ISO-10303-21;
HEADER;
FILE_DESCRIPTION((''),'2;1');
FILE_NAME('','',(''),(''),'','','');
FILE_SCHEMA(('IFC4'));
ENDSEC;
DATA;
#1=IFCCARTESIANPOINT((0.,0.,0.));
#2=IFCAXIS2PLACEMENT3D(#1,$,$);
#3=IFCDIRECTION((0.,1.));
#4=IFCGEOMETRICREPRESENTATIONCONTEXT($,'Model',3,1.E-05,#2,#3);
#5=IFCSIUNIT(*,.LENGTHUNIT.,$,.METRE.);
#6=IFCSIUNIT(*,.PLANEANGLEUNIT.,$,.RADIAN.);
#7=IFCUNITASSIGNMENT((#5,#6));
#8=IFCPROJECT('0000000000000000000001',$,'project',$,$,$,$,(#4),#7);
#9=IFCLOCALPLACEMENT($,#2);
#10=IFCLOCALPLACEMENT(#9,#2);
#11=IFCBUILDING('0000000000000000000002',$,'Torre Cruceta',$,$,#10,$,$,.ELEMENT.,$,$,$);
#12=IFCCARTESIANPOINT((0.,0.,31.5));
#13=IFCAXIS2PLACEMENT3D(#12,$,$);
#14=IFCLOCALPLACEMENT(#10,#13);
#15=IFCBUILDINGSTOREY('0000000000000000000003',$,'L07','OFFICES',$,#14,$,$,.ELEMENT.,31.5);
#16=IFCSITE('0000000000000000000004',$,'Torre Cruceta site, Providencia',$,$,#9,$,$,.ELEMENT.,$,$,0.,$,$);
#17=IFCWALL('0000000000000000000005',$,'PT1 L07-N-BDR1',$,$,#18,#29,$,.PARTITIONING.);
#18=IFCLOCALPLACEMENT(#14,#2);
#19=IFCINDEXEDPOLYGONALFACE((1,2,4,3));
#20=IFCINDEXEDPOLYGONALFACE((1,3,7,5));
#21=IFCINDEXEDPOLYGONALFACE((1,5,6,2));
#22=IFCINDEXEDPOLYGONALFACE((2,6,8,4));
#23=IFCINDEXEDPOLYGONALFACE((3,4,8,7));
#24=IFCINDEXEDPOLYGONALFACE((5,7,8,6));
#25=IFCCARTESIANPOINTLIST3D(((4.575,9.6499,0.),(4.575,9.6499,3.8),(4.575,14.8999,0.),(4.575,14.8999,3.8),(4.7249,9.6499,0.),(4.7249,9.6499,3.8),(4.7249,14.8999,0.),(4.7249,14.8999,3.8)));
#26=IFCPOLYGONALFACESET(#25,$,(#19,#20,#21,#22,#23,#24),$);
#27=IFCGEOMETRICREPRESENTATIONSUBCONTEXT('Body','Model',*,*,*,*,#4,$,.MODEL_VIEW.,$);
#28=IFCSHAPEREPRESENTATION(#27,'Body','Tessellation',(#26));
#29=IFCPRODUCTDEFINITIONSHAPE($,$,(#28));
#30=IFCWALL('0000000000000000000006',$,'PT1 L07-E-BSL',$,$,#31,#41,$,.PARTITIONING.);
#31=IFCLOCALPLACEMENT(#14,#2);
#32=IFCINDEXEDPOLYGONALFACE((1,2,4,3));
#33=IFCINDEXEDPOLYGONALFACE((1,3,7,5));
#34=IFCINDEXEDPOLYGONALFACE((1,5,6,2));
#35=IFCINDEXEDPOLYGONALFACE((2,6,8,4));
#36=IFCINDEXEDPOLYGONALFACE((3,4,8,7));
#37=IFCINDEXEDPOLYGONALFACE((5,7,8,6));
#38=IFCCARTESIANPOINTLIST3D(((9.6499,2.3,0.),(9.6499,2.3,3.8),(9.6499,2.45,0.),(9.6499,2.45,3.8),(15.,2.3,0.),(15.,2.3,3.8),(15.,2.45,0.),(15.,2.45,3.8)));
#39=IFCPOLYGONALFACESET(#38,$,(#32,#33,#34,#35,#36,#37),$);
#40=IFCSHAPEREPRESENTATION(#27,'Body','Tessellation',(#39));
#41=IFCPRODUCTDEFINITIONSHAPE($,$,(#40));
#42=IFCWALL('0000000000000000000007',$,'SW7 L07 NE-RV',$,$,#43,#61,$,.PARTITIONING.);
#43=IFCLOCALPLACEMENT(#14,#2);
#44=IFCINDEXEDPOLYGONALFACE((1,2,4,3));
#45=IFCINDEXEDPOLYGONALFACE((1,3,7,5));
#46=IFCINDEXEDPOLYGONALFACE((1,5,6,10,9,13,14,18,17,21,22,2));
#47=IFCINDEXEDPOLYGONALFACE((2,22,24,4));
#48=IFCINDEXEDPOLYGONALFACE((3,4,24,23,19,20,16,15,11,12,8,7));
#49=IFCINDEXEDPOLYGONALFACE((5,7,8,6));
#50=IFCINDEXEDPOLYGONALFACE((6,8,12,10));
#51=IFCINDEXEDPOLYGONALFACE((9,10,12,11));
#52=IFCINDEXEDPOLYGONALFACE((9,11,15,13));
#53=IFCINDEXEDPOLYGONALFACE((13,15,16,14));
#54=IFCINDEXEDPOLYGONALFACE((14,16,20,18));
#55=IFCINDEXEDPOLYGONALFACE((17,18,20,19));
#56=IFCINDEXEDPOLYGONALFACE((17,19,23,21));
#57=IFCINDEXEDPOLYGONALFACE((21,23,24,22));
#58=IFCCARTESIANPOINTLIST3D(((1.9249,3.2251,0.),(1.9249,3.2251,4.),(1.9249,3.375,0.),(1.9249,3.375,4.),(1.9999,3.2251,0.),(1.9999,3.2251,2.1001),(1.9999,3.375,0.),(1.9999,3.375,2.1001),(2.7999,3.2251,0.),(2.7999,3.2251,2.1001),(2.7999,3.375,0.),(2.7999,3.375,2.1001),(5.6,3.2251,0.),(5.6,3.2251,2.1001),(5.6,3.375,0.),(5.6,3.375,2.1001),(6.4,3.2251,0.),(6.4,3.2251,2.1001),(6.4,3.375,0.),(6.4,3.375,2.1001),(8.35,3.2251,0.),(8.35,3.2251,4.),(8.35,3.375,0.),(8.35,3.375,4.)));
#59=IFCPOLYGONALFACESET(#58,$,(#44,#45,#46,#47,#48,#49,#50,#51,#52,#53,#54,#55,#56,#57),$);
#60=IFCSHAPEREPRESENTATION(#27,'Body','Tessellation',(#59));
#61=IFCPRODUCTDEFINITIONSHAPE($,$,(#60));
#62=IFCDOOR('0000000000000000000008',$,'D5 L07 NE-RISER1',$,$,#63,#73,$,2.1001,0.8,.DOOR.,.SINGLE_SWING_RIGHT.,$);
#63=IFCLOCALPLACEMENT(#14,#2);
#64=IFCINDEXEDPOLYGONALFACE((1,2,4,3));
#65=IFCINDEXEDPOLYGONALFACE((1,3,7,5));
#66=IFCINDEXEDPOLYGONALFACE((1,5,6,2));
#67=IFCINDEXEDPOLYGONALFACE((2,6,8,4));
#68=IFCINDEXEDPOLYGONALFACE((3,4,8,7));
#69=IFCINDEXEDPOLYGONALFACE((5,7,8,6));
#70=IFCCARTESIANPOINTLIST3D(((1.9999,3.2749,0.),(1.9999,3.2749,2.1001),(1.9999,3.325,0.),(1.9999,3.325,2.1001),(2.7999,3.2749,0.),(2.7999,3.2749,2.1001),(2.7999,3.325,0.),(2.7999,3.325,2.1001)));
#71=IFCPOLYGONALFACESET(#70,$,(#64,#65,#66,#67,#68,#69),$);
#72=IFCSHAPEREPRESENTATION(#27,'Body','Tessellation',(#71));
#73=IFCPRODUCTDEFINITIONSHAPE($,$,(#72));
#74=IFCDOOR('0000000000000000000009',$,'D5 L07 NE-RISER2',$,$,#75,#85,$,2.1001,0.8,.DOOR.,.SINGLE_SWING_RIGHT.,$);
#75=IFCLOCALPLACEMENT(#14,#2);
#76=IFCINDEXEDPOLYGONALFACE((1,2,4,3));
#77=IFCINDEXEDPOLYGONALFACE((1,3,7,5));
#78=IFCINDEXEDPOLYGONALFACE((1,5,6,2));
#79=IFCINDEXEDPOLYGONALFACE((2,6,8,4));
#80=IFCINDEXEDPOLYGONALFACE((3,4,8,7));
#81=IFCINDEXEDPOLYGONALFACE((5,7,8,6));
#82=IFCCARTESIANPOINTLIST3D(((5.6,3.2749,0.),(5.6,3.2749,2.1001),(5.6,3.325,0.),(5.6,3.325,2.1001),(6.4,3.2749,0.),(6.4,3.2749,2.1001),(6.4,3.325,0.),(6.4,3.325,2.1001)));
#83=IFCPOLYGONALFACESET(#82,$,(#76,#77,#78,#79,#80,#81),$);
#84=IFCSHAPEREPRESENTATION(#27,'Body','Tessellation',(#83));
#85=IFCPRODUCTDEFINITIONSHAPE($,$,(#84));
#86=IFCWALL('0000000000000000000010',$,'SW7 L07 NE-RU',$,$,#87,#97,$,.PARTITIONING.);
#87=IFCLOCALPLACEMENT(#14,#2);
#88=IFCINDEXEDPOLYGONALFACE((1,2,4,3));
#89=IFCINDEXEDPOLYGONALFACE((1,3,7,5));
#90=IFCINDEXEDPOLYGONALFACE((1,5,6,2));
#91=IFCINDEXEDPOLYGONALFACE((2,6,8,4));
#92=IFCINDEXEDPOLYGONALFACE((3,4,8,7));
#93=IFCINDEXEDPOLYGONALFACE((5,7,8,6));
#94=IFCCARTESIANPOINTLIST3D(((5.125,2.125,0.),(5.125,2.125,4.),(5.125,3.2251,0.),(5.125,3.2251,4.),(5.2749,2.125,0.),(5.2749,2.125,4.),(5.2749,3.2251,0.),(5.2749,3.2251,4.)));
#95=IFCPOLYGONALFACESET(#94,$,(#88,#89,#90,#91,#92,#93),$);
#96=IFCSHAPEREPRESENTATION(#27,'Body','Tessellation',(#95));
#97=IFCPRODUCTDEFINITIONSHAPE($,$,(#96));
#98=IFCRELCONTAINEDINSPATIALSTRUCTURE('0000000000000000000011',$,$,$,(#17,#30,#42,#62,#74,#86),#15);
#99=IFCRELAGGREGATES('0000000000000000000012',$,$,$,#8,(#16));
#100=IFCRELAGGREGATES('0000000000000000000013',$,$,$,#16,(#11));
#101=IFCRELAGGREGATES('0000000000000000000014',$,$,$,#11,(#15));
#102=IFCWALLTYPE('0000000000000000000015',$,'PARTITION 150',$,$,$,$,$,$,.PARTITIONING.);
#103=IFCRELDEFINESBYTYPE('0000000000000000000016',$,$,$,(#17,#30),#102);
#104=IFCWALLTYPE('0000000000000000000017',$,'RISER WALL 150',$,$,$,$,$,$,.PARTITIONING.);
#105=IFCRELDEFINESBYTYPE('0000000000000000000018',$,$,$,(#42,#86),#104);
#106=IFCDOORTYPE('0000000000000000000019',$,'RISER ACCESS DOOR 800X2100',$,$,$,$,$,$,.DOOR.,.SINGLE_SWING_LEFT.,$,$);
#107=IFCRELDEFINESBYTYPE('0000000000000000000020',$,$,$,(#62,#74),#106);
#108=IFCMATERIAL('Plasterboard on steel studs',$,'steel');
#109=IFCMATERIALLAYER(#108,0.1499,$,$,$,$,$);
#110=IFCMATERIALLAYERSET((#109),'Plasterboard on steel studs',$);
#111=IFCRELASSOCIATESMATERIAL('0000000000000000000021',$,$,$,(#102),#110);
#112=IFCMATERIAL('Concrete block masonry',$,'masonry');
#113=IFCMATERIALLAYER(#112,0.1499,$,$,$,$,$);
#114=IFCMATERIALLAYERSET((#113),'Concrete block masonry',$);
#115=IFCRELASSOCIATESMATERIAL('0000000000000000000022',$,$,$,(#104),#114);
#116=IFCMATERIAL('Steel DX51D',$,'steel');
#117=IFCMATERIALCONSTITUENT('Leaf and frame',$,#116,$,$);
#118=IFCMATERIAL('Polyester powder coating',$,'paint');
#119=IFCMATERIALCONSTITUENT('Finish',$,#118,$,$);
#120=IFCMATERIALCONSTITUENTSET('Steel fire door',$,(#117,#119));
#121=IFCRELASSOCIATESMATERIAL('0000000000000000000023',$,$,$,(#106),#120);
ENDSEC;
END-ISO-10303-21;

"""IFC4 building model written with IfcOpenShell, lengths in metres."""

from ifc_helpers import new_model, si_unit, direction, frame, frame_2d, origin, place, context, subcontext, project, spatial, rectangle, extrude, material, layer, layer_set, constituent, constituent_set, type_object, element, fill, save


model = new_model("IFC4")

# Units and contexts
model_context = context("Model", 3, precision=1e-05, world=origin(), true_north=direction((0.0, 1.0)))
body_context = subcontext(model_context, "Body", "Model", "MODEL_VIEW")
ifc_project = project(units=[si_unit("LENGTHUNIT", "METRE"), si_unit("PLANEANGLEUNIT", "RADIAN")], contexts=[model_context])

# Site, building, storey
site_placement = place(None, origin())
site = spatial("IfcSite", under=ifc_project, at=site_placement, Name="Torre Cruceta site, Providencia", CompositionType="ELEMENT", RefElevation=0.0)
building_placement = place(site_placement, origin())
building = spatial("IfcBuilding", under=site, at=building_placement, Name="Torre Cruceta", CompositionType="ELEMENT")
storey_placement = place(building_placement, frame((0.0, 0.0, 31.5)))
storey = spatial("IfcBuildingStorey", under=building, at=storey_placement, Name="L07", Description="OFFICES", CompositionType="ELEMENT", Elevation=31.5)

# Walls
ifc_material_1 = material(Name="Plasterboard on steel studs", Category="steel")
ifc_layer_1 = layer(ifc_material_1, 0.1499)
ifc_layer_set_1 = layer_set([ifc_layer_1], Name="Plasterboard on steel studs")
wall_type_1 = type_object("IfcWallType", Name="PARTITION 150", PredefinedType="PARTITIONING", material=ifc_layer_set_1)
wall_1_placement = place(storey_placement, frame((4.6499, 9.6499, 0.0), z_axis=(0.0, 0.0, 1.0), x_axis=(0.0, 1.0, 0.0)))
element("IfcWall", 1, at=wall_1_placement, inside=storey, type_object=wall_type_1, Name="PT1 L07-N-BDR1", PredefinedType="PARTITIONING", context=body_context, shape_type="SweptSolid", body=[
    extrude(rectangle(XDim=5.25, YDim=0.1499, at=frame_2d((2.625, 0.0))), origin(), (0.0, 0.0, 1.0), 3.8),
])
wall_2_placement = place(storey_placement, frame((9.6499, 2.375, 0.0), z_axis=(0.0, 0.0, 1.0), x_axis=(1.0, 0.0, 0.0)))
element("IfcWall", 2, at=wall_2_placement, inside=storey, type_object=wall_type_1, Name="PT1 L07-E-BSL", PredefinedType="PARTITIONING", context=body_context, shape_type="SweptSolid", body=[
    extrude(rectangle(XDim=5.3501, YDim=0.1499, at=frame_2d((2.675, 0.0))), origin(), (0.0, 0.0, 1.0), 3.8),
])

# Wall, openings, doors
ifc_material_2 = material(Name="Concrete block masonry", Category="masonry")
ifc_layer_2 = layer(ifc_material_2, 0.1499)
ifc_layer_set_2 = layer_set([ifc_layer_2], Name="Concrete block masonry")
wall_type_2 = type_object("IfcWallType", Name="RISER WALL 150", PredefinedType="PARTITIONING", material=ifc_layer_set_2)
wall_3_placement = place(storey_placement, frame((1.925, 3.3, 0.0), z_axis=(0.0, 0.0, 1.0), x_axis=(1.0, 0.0, 0.0)))
wall_3 = element("IfcWall", 3, at=wall_3_placement, inside=storey, type_object=wall_type_2, Name="SW7 L07 NE-RV", PredefinedType="PARTITIONING", context=body_context, shape_type="SweptSolid", body=[
    extrude(rectangle(XDim=6.425, YDim=0.1499, at=frame_2d((3.2124, 0.0))), origin(), (0.0, 0.0, 1.0), 4.0),
])
opening_1_placement = place(wall_3_placement, frame((0.075, 0.0, 0.0)))
opening_1 = element("IfcOpeningElement", 4, at=opening_1_placement, cuts=wall_3, PredefinedType="OPENING", context=body_context, shape_type="SweptSolid", body=[
    extrude(rectangle(XDim=0.8, YDim=2.1001, at=frame_2d((0.3999, 1.05))), frame((0.0, 0.085, 0.0), z_axis=(0.0, -1.0, 0.0), x_axis=(1.0, 0.0, 0.0)), (0.0, 0.0, 1.0), 0.1699),
])
opening_2_placement = place(wall_3_placement, frame((3.675, 0.0, 0.0)))
opening_2 = element("IfcOpeningElement", 5, at=opening_2_placement, cuts=wall_3, PredefinedType="OPENING", context=body_context, shape_type="SweptSolid", body=[
    extrude(rectangle(XDim=0.8, YDim=2.1001, at=frame_2d((0.3999, 1.05))), frame((0.0, 0.085, 0.0), z_axis=(0.0, -1.0, 0.0), x_axis=(1.0, 0.0, 0.0)), (0.0, 0.0, 1.0), 0.1699),
])
ifc_material_3 = material(Name="Steel DX51D", Category="steel")
ifc_constituent_1 = constituent(ifc_material_3, Name="Leaf and frame")
ifc_material_4 = material(Name="Polyester powder coating", Category="paint")
ifc_constituent_2 = constituent(ifc_material_4, Name="Finish")
ifc_constituent_set_1 = constituent_set(constituents=[ifc_constituent_1, ifc_constituent_2], Name="Steel fire door")
door_type_1 = type_object("IfcDoorType", Name="RISER ACCESS DOOR 800X2100", OperationType="SINGLE_SWING_LEFT", PredefinedType="DOOR", material=ifc_constituent_set_1)
door_1_placement = place(opening_1_placement, frame((0.8, 0.0, 0.0), z_axis=(0.0, 0.0, 1.0), x_axis=(-1.0, 0.0, 0.0)))
door_1 = element("IfcDoor", 6, at=door_1_placement, inside=storey, type_object=door_type_1, Name="D5 L07 NE-RISER1", OperationType="SINGLE_SWING_RIGHT", OverallHeight=2.1001, OverallWidth=0.8, PredefinedType="DOOR", context=body_context, shape_type="SweptSolid", body=[
    extrude(rectangle(XDim=0.8, YDim=2.1001, at=frame_2d((0.4001, 1.05))), frame((0.0, 0.0251, 0.0), z_axis=(0.0, -1.0, 0.0), x_axis=(1.0, 0.0, 0.0)), (0.0, 0.0, 1.0), 0.05),
])
fill(opening_1, door_1)
door_2_placement = place(opening_2_placement, frame((0.8, 0.0, 0.0), z_axis=(0.0, 0.0, 1.0), x_axis=(-1.0, 0.0, 0.0)))
door_2 = element("IfcDoor", 7, at=door_2_placement, inside=storey, type_object=door_type_1, Name="D5 L07 NE-RISER2", OperationType="SINGLE_SWING_RIGHT", OverallHeight=2.1001, OverallWidth=0.8, PredefinedType="DOOR", context=body_context, shape_type="SweptSolid", body=[
    extrude(rectangle(XDim=0.8, YDim=2.1001, at=frame_2d((0.4001, 1.05))), frame((0.0, 0.0251, 0.0), z_axis=(0.0, -1.0, 0.0), x_axis=(1.0, 0.0, 0.0)), (0.0, 0.0, 1.0), 0.05),
])
fill(opening_2, door_2)

# Wall
wall_4_placement = place(storey_placement, frame((5.2, 2.125, 0.0), z_axis=(0.0, 0.0, 1.0), x_axis=(0.0, 1.0, 0.0)))
element("IfcWall", 8, at=wall_4_placement, inside=storey, type_object=wall_type_2, Name="SW7 L07 NE-RU", PredefinedType="PARTITIONING", context=body_context, shape_type="SweptSolid", body=[
    extrude(rectangle(XDim=1.1001, YDim=0.1499, at=frame_2d((0.55, 0.0))), origin(), (0.0, 0.0, 1.0), 4.0),
])

save(model, "model.ifc")
